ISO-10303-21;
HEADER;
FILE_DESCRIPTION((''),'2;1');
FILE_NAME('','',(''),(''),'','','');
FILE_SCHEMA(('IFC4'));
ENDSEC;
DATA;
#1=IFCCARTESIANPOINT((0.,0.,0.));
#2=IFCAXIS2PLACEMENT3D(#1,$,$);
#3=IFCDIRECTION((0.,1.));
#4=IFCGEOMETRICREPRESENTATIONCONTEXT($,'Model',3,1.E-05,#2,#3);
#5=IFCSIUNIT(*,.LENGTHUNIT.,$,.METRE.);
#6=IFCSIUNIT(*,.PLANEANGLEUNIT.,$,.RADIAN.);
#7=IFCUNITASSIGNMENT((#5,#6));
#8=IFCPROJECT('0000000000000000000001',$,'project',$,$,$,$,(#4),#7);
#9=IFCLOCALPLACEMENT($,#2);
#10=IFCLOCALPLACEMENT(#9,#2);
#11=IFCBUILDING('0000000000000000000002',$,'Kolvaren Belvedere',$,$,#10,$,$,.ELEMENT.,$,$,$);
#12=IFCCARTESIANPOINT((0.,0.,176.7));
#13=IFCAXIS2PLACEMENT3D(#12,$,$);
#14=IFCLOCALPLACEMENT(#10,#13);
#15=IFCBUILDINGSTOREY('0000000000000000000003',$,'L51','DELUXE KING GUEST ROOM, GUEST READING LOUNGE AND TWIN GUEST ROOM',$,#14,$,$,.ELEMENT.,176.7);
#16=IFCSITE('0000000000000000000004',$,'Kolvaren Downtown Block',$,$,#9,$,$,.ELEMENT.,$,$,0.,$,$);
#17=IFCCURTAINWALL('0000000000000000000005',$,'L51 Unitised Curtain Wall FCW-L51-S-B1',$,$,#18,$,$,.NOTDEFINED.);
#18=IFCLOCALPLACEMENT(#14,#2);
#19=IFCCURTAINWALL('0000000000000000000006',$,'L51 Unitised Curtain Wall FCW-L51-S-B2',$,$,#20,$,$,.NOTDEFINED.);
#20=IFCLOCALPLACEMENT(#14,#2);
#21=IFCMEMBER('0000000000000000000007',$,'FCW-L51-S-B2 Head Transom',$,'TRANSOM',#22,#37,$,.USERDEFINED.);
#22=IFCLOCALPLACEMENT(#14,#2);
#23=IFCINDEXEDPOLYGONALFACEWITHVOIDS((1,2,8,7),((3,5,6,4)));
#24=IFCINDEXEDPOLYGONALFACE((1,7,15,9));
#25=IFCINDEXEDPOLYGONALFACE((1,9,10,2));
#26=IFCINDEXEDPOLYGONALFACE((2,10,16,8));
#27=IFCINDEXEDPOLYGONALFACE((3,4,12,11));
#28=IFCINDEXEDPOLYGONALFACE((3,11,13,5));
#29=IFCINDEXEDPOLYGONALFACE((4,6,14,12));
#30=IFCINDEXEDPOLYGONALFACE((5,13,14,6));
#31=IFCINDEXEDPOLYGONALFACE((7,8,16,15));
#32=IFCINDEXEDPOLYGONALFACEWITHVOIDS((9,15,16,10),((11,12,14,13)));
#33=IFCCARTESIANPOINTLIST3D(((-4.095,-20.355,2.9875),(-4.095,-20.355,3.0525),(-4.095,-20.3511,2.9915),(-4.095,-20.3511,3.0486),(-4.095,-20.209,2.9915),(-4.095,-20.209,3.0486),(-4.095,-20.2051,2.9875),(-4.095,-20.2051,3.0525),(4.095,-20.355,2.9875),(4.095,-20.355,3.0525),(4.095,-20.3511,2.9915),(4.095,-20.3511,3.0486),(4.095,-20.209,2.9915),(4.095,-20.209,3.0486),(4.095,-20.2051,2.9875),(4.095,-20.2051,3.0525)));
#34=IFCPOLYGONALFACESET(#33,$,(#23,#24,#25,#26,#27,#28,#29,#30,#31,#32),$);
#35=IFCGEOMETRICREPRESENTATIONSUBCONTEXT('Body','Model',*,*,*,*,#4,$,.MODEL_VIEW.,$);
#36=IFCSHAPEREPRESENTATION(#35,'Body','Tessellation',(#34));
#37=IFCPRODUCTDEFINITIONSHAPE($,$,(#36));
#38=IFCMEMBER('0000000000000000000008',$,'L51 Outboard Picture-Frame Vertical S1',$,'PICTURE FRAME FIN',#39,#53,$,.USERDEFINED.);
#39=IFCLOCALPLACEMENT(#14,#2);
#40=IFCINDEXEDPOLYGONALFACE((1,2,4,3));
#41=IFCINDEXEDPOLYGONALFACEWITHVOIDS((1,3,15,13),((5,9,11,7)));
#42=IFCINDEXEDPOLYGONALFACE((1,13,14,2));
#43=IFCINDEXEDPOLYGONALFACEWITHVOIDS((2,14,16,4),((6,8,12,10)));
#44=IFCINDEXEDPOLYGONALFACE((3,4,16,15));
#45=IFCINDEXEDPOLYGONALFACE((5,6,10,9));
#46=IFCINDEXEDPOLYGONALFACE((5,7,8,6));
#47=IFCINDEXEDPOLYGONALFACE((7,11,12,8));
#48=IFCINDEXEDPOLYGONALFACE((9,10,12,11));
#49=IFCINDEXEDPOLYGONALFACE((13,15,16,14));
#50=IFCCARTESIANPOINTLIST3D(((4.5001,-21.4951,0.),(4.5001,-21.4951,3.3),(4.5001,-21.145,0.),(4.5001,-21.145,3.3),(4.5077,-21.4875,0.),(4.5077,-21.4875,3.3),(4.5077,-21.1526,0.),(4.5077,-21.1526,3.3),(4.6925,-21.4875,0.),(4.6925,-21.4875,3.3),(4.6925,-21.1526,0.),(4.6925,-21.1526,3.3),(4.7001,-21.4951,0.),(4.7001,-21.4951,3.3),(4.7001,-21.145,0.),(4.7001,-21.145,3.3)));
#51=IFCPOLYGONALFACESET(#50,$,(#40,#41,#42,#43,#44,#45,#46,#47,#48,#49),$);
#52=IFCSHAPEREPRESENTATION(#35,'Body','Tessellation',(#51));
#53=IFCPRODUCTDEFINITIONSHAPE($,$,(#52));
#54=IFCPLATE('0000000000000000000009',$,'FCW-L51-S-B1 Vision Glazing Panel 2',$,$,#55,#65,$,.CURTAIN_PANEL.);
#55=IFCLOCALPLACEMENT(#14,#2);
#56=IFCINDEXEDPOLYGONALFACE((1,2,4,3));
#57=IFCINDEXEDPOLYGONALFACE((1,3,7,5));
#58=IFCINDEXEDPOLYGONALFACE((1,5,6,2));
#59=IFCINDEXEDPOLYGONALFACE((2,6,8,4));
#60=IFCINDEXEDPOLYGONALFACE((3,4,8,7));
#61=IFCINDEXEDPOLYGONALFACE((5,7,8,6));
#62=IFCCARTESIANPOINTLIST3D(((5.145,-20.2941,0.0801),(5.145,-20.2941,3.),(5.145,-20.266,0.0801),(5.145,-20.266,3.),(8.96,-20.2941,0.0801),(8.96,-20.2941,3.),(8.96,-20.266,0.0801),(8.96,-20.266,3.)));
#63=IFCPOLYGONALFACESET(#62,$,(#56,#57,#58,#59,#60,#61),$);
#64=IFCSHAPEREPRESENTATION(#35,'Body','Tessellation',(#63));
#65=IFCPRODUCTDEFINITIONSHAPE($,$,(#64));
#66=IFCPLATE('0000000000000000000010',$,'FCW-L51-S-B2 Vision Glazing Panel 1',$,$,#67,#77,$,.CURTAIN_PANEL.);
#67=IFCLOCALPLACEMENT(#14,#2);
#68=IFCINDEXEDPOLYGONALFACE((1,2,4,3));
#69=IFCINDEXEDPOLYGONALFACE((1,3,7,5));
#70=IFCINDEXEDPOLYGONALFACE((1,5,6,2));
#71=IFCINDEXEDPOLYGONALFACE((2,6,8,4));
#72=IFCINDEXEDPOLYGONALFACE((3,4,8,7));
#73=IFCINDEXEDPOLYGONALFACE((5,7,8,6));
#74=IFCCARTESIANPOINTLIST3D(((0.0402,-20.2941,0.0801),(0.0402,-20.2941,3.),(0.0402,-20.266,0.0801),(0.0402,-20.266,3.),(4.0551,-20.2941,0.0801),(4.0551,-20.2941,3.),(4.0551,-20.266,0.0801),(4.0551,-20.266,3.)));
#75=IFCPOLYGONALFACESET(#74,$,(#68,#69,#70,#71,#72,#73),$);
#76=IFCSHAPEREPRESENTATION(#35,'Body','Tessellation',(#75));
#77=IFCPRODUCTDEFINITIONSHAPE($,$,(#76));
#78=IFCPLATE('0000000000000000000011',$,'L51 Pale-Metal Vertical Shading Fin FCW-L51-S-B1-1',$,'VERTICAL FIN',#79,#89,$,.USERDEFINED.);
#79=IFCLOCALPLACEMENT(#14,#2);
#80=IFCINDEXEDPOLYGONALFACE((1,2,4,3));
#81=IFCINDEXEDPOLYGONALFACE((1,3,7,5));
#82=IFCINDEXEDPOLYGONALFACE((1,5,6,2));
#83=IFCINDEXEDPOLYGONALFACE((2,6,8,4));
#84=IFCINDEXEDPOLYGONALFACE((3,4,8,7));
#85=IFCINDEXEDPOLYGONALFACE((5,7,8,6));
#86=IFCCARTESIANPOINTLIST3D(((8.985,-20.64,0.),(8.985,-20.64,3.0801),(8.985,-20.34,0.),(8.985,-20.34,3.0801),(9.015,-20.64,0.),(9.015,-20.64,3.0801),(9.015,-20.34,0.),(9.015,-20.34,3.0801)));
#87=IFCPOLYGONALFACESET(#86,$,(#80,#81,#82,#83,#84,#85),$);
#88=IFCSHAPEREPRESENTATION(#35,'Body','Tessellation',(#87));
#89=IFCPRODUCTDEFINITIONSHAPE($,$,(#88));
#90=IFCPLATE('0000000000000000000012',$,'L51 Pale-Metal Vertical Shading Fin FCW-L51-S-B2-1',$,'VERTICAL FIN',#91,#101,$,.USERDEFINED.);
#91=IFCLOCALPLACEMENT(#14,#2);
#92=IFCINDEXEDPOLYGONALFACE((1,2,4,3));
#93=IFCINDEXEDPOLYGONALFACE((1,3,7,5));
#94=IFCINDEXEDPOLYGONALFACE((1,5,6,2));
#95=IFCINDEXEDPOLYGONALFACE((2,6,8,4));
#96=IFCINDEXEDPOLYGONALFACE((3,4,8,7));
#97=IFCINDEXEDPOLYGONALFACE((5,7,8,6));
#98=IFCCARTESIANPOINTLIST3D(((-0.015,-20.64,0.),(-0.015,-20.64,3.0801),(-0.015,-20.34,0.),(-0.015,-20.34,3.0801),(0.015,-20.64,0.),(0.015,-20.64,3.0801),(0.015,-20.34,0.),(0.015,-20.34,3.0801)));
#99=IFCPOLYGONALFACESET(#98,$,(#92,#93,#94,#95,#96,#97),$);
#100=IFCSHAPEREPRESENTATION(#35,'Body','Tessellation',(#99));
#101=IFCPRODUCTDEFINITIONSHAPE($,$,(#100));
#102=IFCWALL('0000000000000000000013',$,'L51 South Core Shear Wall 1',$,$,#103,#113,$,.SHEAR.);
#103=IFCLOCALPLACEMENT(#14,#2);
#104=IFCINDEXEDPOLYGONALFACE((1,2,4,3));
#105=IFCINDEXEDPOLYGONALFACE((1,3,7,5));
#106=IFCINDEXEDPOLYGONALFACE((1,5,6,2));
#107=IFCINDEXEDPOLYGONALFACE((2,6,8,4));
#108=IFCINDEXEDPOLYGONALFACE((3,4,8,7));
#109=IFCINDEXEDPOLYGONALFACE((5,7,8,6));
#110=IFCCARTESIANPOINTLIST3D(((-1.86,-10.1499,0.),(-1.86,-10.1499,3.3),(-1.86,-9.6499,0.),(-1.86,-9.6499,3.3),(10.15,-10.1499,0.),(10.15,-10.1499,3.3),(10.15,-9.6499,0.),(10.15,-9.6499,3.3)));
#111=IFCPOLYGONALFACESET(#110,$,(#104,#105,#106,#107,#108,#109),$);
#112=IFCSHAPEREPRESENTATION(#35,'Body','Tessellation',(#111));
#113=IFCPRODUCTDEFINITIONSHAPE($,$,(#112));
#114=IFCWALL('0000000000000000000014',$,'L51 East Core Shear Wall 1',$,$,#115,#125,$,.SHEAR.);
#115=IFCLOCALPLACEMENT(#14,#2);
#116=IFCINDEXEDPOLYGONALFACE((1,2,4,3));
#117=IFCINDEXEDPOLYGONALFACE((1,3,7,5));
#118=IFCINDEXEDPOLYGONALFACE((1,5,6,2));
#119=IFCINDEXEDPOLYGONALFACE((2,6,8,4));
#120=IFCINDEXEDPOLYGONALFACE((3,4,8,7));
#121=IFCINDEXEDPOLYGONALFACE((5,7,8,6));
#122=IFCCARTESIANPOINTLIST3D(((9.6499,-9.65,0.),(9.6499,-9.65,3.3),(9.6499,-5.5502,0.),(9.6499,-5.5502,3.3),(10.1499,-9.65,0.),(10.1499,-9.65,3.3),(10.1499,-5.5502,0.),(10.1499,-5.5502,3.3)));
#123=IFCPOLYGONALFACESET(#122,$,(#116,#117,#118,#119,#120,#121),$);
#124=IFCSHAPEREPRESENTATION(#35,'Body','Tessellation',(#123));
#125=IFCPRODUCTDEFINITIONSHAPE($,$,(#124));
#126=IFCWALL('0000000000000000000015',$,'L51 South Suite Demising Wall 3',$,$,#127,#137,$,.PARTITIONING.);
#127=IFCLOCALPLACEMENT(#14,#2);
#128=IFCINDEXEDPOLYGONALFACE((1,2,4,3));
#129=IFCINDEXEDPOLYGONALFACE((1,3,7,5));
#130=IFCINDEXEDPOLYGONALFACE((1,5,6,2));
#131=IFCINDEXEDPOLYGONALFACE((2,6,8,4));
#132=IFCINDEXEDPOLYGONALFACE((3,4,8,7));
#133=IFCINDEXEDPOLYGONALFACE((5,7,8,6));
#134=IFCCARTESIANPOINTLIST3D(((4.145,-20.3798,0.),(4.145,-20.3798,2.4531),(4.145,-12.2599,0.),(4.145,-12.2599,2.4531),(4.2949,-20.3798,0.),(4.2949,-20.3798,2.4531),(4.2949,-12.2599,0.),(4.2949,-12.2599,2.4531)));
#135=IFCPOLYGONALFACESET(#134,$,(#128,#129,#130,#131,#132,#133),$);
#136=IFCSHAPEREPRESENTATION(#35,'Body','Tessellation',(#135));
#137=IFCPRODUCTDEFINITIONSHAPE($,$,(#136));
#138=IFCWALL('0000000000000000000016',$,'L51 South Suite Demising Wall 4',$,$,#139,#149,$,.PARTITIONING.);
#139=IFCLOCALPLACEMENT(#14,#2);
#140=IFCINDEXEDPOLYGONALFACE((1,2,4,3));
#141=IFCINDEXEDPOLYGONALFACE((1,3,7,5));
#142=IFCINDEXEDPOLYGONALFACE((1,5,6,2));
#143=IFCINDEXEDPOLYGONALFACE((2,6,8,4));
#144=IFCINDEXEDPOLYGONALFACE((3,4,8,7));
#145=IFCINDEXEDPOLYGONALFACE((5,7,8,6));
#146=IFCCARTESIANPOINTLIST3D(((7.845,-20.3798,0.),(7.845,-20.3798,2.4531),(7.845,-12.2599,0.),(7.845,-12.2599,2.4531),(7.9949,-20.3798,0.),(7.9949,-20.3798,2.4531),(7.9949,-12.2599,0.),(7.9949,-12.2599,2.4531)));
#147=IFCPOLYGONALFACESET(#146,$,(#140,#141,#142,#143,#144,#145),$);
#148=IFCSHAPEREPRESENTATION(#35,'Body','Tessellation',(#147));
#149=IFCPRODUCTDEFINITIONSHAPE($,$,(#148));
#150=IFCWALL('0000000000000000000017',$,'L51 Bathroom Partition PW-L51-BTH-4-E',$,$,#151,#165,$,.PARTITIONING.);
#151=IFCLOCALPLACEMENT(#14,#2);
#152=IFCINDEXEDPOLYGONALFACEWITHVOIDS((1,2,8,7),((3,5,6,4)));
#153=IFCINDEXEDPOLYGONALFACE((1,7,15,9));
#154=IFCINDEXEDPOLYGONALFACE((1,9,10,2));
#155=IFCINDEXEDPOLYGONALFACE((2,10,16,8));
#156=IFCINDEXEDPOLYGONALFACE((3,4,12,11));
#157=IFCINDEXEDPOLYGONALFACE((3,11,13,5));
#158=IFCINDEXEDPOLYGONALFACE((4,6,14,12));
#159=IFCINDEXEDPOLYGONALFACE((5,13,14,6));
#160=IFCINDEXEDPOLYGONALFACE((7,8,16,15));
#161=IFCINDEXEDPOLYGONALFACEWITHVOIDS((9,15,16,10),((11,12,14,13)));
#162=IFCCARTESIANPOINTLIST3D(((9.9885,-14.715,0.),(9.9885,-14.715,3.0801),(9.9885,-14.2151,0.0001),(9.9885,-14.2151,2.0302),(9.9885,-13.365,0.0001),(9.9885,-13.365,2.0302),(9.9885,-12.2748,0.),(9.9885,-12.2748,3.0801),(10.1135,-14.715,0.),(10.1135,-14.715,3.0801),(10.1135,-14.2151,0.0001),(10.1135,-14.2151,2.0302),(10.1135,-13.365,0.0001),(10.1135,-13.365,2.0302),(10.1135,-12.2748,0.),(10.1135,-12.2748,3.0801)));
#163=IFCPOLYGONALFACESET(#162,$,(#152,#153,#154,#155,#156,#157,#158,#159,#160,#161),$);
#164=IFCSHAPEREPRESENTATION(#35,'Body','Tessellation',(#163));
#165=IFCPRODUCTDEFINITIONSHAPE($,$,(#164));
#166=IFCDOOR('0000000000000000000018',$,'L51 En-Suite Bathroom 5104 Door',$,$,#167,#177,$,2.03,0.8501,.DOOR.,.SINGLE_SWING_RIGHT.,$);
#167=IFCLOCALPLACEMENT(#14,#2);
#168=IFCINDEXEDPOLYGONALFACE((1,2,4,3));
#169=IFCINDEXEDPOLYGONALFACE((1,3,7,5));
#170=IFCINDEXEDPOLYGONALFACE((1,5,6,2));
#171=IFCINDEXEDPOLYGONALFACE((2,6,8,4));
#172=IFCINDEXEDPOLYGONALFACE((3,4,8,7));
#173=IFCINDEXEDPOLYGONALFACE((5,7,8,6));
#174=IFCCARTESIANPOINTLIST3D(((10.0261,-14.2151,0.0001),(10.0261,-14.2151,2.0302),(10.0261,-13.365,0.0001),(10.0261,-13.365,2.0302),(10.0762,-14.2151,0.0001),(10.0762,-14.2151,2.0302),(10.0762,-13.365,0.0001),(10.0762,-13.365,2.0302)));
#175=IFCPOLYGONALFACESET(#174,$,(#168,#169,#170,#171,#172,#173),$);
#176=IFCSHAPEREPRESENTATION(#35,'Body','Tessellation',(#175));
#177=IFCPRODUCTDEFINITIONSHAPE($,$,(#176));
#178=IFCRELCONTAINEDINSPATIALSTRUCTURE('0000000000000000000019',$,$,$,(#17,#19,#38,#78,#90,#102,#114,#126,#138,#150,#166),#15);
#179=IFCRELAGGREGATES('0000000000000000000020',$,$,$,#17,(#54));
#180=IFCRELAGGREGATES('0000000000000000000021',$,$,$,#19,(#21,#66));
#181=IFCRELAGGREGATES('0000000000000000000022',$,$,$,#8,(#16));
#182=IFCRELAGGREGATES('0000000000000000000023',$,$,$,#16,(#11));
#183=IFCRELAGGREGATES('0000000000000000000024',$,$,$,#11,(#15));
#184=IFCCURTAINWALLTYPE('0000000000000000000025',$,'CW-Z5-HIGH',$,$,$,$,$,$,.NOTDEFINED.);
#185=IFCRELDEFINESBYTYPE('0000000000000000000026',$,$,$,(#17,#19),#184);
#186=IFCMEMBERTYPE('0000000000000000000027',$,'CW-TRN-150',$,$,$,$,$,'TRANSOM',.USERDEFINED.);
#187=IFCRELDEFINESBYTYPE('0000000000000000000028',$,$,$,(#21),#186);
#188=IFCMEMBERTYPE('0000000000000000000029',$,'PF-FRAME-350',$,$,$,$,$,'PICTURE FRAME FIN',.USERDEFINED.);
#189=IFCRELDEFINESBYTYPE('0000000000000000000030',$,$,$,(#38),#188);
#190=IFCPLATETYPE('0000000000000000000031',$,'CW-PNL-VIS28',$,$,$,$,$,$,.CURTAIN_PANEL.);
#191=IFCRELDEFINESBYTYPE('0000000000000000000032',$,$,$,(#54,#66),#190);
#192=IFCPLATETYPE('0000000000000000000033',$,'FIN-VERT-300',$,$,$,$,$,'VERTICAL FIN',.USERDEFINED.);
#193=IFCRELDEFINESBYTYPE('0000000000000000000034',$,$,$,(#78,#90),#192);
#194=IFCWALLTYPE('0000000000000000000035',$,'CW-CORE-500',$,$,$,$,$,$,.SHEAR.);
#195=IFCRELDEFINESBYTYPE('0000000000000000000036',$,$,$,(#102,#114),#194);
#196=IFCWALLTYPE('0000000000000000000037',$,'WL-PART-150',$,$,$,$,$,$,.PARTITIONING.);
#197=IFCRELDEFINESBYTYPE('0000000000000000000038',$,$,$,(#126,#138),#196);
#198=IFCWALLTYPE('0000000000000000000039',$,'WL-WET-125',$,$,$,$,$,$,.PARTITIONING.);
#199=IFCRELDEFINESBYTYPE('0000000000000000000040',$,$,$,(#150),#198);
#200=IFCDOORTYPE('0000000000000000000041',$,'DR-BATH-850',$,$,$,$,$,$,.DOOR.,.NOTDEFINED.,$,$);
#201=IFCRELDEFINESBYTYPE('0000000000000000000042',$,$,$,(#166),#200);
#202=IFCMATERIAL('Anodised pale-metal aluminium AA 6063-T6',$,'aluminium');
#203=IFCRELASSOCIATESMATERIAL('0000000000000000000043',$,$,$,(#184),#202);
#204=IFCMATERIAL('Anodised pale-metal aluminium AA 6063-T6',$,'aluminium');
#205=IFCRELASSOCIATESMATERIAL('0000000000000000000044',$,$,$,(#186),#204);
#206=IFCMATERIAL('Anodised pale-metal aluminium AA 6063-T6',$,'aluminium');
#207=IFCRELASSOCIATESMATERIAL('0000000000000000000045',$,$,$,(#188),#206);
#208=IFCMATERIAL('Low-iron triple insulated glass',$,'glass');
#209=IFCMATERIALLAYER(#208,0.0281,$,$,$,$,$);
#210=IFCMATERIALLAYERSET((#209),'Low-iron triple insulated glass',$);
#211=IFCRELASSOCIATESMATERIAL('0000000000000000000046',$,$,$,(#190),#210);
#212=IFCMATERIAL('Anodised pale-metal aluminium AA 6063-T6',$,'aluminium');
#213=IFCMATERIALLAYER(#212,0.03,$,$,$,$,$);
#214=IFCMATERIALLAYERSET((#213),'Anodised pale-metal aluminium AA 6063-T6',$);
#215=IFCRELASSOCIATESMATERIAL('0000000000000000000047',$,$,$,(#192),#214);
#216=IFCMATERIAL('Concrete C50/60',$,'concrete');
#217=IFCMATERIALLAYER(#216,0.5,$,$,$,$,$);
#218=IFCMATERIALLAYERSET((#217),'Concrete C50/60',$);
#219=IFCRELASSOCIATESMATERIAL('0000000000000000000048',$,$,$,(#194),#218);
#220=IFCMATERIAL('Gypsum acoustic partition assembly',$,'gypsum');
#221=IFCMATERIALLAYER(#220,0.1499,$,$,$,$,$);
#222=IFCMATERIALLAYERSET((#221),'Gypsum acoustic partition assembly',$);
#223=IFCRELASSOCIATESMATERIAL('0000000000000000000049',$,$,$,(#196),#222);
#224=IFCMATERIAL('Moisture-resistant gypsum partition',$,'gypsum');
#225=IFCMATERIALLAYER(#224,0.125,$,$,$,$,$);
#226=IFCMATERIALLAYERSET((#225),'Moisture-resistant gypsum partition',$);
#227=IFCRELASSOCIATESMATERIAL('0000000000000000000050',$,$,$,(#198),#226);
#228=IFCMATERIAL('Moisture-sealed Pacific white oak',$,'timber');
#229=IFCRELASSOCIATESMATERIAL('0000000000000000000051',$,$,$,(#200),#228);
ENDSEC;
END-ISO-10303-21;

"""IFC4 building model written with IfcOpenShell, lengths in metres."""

from ifc_helpers import new_model, si_unit, direction, frame, frame_2d, origin, origin_2d, place, context, subcontext, project, spatial, rectangle, hollow_rectangle, extrude, material, layer, layer_set, material_profile, profile_set, type_object, element, fill, aggregate, save


model = new_model("IFC4")

# Units and contexts
model_context = context("Model", 3, precision=1e-05, world=origin(), true_north=direction((0.0, 1.0)))
body_context = subcontext(model_context, "Body", "Model", "MODEL_VIEW")
ifc_project = project(units=[si_unit("LENGTHUNIT", "METRE"), si_unit("PLANEANGLEUNIT", "RADIAN")], contexts=[model_context])

# Site, building, storey
site_placement = place(None, origin())
site = spatial("IfcSite", under=ifc_project, at=site_placement, Name="Kolvaren Downtown Block", CompositionType="ELEMENT", RefElevation=0.0)
building_placement = place(site_placement, origin())
building = spatial("IfcBuilding", under=site, at=building_placement, Name="Kolvaren Belvedere", CompositionType="ELEMENT")
storey_placement = place(building_placement, frame((0.0, 0.0, 176.7)))
storey = spatial("IfcBuildingStorey", under=building, at=storey_placement, Name="L51", Description="DELUXE KING GUEST ROOM, GUEST READING LOUNGE AND TWIN GUEST ROOM", CompositionType="ELEMENT", Elevation=176.7)

# Curtain walls, member
ifc_material_1 = material(Name="Anodised pale-metal aluminium AA 6063-T6", Category="aluminium")
curtain_wall_type = type_object("IfcCurtainWallType", Name="CW-Z5-HIGH", PredefinedType="NOTDEFINED", material=ifc_material_1)
curtain_wall_1_placement = place(storey_placement, origin())
curtain_wall_1 = element("IfcCurtainWall", 1, at=curtain_wall_1_placement, inside=storey, type_object=curtain_wall_type, Name="L51 Unitised Curtain Wall FCW-L51-S-B1", PredefinedType="NOTDEFINED")
curtain_wall_2_placement = place(storey_placement, origin())
curtain_wall_2 = element("IfcCurtainWall", 2, at=curtain_wall_2_placement, inside=storey, type_object=curtain_wall_type, Name="L51 Unitised Curtain Wall FCW-L51-S-B2", PredefinedType="NOTDEFINED")
ifc_material_2 = material(Name="Anodised pale-metal aluminium AA 6063-T6", Category="aluminium")
ifc_material_profile_1 = material_profile(ifc_material_2, hollow_rectangle(XDim=0.0649, YDim=0.1499, WallThickness=0.0039, at=origin_2d()), Name="ALU-TRN-150X65")
ifc_profile_set_1 = profile_set([ifc_material_profile_1], Name="Anodised pale-metal aluminium AA 6063-T6")
member_type_1 = type_object("IfcMemberType", Name="CW-TRN-150", ElementType="TRANSOM", PredefinedType="USERDEFINED", material=ifc_profile_set_1)
member_1_placement = place(storey_placement, frame((4.095, -20.28, 3.02), z_axis=(-1.0, 0.0, 0.0), x_axis=(0.0, 0.0, 1.0)))
member_1 = element("IfcMember", 3, at=member_1_placement, type_object=member_type_1, Name="FCW-L51-S-B2 Head Transom", ObjectType="TRANSOM", PredefinedType="USERDEFINED", context=body_context, shape_type="SweptSolid", body=[
    extrude(hollow_rectangle(XDim=0.0649, YDim=0.1499, WallThickness=0.0039, at=origin_2d()), origin(), (0.0, 0.0, 1.0), 8.1899),
])

# Member
ifc_material_3 = material(Name="Anodised pale-metal aluminium AA 6063-T6", Category="aluminium")
ifc_material_profile_2 = material_profile(ifc_material_3, hollow_rectangle(XDim=0.2, YDim=0.3501, WallThickness=0.0076, at=origin_2d()), Name="ALU-PF-350X200")
ifc_profile_set_2 = profile_set([ifc_material_profile_2], Name="Anodised pale-metal aluminium AA 6063-T6")
member_type_2 = type_object("IfcMemberType", Name="PF-FRAME-350", ElementType="PICTURE FRAME FIN", PredefinedType="USERDEFINED", material=ifc_profile_set_2)
member_2_placement = place(storey_placement, frame((4.6001, -21.3201, 0.0), z_axis=(0.0, 0.0, 1.0), x_axis=(1.0, 0.0, 0.0)))
element("IfcMember", 4, at=member_2_placement, inside=storey, type_object=member_type_2, Name="L51 Outboard Picture-Frame Vertical S1", ObjectType="PICTURE FRAME FIN", PredefinedType="USERDEFINED", context=body_context, shape_type="SweptSolid", body=[
    extrude(hollow_rectangle(XDim=0.2, YDim=0.3501, WallThickness=0.0076, at=origin_2d()), origin(), (0.0, 0.0, 1.0), 3.3),
])

# Plates
ifc_material_4 = material(Name="Low-iron triple insulated glass", Category="glass")
ifc_layer_1 = layer(ifc_material_4, 0.0281)
ifc_layer_set_1 = layer_set([ifc_layer_1], Name="Low-iron triple insulated glass")
plate_type_1 = type_object("IfcPlateType", Name="CW-PNL-VIS28", PredefinedType="CURTAIN_PANEL", material=ifc_layer_set_1)
plate_1_placement = place(storey_placement, frame((7.0525, -20.28, 0.0801), z_axis=(0.0, 0.0, 1.0), x_axis=(-1.0, 0.0, 0.0)))
plate_1 = element("IfcPlate", 5, at=plate_1_placement, type_object=plate_type_1, Name="FCW-L51-S-B1 Vision Glazing Panel 2", PredefinedType="CURTAIN_PANEL", context=body_context, shape_type="SweptSolid", body=[
    extrude(rectangle(XDim=3.8149, YDim=0.0281, at=origin_2d()), origin(), (0.0, 0.0, 1.0), 2.9199),
])
aggregate(curtain_wall_1, [plate_1])
plate_2_placement = place(storey_placement, frame((2.0476, -20.28, 0.0801), z_axis=(0.0, 0.0, 1.0), x_axis=(-1.0, 0.0, 0.0)))
plate_2 = element("IfcPlate", 6, at=plate_2_placement, type_object=plate_type_1, Name="FCW-L51-S-B2 Vision Glazing Panel 1", PredefinedType="CURTAIN_PANEL", context=body_context, shape_type="SweptSolid", body=[
    extrude(rectangle(XDim=4.0149, YDim=0.0281, at=origin_2d()), origin(), (0.0, 0.0, 1.0), 2.9199),
])
aggregate(curtain_wall_2, [member_1, plate_2])

# Plates
ifc_material_5 = material(Name="Anodised pale-metal aluminium AA 6063-T6", Category="aluminium")
ifc_layer_2 = layer(ifc_material_5, 0.03)
ifc_layer_set_2 = layer_set([ifc_layer_2], Name="Anodised pale-metal aluminium AA 6063-T6")
plate_type_2 = type_object("IfcPlateType", Name="FIN-VERT-300", ElementType="VERTICAL FIN", PredefinedType="USERDEFINED", material=ifc_layer_set_2)
for number, where, z_axis, x_axis, name in (
    (7, (9.0, -20.49, 0.0), (0.0, 0.0, 1.0), (0.0, 1.0, 0.0), "L51 Pale-Metal Vertical Shading Fin FCW-L51-S-B1-1"),
    (8, (0.0, -20.49, 0.0), (0.0, 0.0, 1.0), (0.0, 1.0, 0.0), "L51 Pale-Metal Vertical Shading Fin FCW-L51-S-B2-1"),
):
    element("IfcPlate", number, at=place(storey_placement, frame(where, z_axis=z_axis, x_axis=x_axis)), inside=storey, type_object=plate_type_2, Name=name, ObjectType="VERTICAL FIN", PredefinedType="USERDEFINED", context=body_context, shape_type="SweptSolid", body=[
        extrude(rectangle(XDim=0.3, YDim=0.03, at=origin_2d()), origin(), (0.0, 0.0, 1.0), 3.0801),
    ])

# Walls
ifc_material_6 = material(Name="Concrete C50/60", Category="concrete")
ifc_layer_3 = layer(ifc_material_6, 0.5)
ifc_layer_set_3 = layer_set([ifc_layer_3], Name="Concrete C50/60")
wall_type_1 = type_object("IfcWallType", Name="CW-CORE-500", PredefinedType="SHEAR", material=ifc_layer_set_3)
wall_1_placement = place(storey_placement, frame((10.1499, -9.8999, 0.0), z_axis=(0.0, 0.0, 1.0), x_axis=(-1.0, 0.0, 0.0)))
element("IfcWall", 9, at=wall_1_placement, inside=storey, type_object=wall_type_1, Name="L51 South Core Shear Wall 1", PredefinedType="SHEAR", context=body_context, shape_type="SweptSolid", body=[
    extrude(rectangle(XDim=12.01, YDim=0.5, at=frame_2d((6.0049, 0.0))), origin(), (0.0, 0.0, 1.0), 3.3),
])
wall_2_placement = place(storey_placement, frame((9.8999, -9.6499, 0.0), z_axis=(0.0, 0.0, 1.0), x_axis=(0.0, 1.0, 0.0)))
element("IfcWall", 10, at=wall_2_placement, inside=storey, type_object=wall_type_1, Name="L51 East Core Shear Wall 1", PredefinedType="SHEAR", context=body_context, shape_type="SweptSolid", body=[
    extrude(rectangle(XDim=4.0999, YDim=0.5, at=frame_2d((2.0498, 0.0))), origin(), (0.0, 0.0, 1.0), 3.3),
])
ifc_material_7 = material(Name="Gypsum acoustic partition assembly", Category="gypsum")
ifc_layer_4 = layer(ifc_material_7, 0.1499)
ifc_layer_set_4 = layer_set([ifc_layer_4], Name="Gypsum acoustic partition assembly")
wall_type_2 = type_object("IfcWallType", Name="WL-PART-150", PredefinedType="PARTITIONING", material=ifc_layer_set_4)
for number, where, z_axis, x_axis, name in (
    (11, (4.22, -20.3799, 0.0), (0.0, 0.0, 1.0), (0.0, 1.0, 0.0), "L51 South Suite Demising Wall 3"),
    (12, (7.9199, -20.3799, 0.0), (0.0, 0.0, 1.0), (0.0, 1.0, 0.0), "L51 South Suite Demising Wall 4"),
):
    element("IfcWall", number, at=place(storey_placement, frame(where, z_axis=z_axis, x_axis=x_axis)), inside=storey, type_object=wall_type_2, Name=name, PredefinedType="PARTITIONING", context=body_context, shape_type="SweptSolid", body=[
        extrude(rectangle(XDim=8.1199, YDim=0.1499, at=frame_2d((4.0601, 0.0))), origin(), (0.0, 0.0, 1.0), 2.4531),
    ])

# Wall, opening, door
ifc_material_8 = material(Name="Moisture-resistant gypsum partition", Category="gypsum")
ifc_layer_5 = layer(ifc_material_8, 0.125)
ifc_layer_set_5 = layer_set([ifc_layer_5], Name="Moisture-resistant gypsum partition")
wall_type_3 = type_object("IfcWallType", Name="WL-WET-125", PredefinedType="PARTITIONING", material=ifc_layer_set_5)
wall_3_placement = place(storey_placement, frame((10.051, -14.7151, 0.0), z_axis=(0.0, 0.0, 1.0), x_axis=(0.0, 1.0, 0.0)))
wall_3 = element("IfcWall", 13, at=wall_3_placement, inside=storey, type_object=wall_type_3, Name="L51 Bathroom Partition PW-L51-BTH-4-E", PredefinedType="PARTITIONING", context=body_context, shape_type="SweptSolid", body=[
    extrude(rectangle(XDim=2.4402, YDim=0.125, at=frame_2d((1.2202, 0.0))), origin(), (0.0, 0.0, 1.0), 3.0801),
])
opening_placement = place(wall_3_placement, frame((0.5, 0.0, 0.0)))
opening = element("IfcOpeningElement", 14, at=opening_placement, cuts=wall_3, PredefinedType="OPENING", context=body_context, shape_type="SweptSolid", body=[
    extrude(rectangle(XDim=0.8501, YDim=2.03, at=frame_2d((0.425, 1.0151))), frame((0.0, 0.0725, 0.0), z_axis=(0.0, -1.0, 0.0), x_axis=(1.0, 0.0, 0.0)), (0.0, 0.0, 1.0), 0.145),
])
ifc_material_9 = material(Name="Moisture-sealed Pacific white oak", Category="timber")
door_type = type_object("IfcDoorType", Name="DR-BATH-850", OperationType="NOTDEFINED", PredefinedType="DOOR", material=ifc_material_9)
door_placement = place(opening_placement, origin())
door = element("IfcDoor", 15, at=door_placement, inside=storey, type_object=door_type, Name="L51 En-Suite Bathroom 5104 Door", OperationType="SINGLE_SWING_RIGHT", OverallHeight=2.03, OverallWidth=0.8501, PredefinedType="DOOR", context=body_context, shape_type="SweptSolid", body=[
    extrude(rectangle(XDim=0.8501, YDim=2.03, at=frame_2d((0.425, 1.0151))), frame((0.0, 0.0249, 0.0), z_axis=(0.0, -1.0, 0.0), x_axis=(1.0, 0.0, 0.0)), (0.0, 0.0, 1.0), 0.05),
])
fill(opening, door)

save(model, "model.ifc")
